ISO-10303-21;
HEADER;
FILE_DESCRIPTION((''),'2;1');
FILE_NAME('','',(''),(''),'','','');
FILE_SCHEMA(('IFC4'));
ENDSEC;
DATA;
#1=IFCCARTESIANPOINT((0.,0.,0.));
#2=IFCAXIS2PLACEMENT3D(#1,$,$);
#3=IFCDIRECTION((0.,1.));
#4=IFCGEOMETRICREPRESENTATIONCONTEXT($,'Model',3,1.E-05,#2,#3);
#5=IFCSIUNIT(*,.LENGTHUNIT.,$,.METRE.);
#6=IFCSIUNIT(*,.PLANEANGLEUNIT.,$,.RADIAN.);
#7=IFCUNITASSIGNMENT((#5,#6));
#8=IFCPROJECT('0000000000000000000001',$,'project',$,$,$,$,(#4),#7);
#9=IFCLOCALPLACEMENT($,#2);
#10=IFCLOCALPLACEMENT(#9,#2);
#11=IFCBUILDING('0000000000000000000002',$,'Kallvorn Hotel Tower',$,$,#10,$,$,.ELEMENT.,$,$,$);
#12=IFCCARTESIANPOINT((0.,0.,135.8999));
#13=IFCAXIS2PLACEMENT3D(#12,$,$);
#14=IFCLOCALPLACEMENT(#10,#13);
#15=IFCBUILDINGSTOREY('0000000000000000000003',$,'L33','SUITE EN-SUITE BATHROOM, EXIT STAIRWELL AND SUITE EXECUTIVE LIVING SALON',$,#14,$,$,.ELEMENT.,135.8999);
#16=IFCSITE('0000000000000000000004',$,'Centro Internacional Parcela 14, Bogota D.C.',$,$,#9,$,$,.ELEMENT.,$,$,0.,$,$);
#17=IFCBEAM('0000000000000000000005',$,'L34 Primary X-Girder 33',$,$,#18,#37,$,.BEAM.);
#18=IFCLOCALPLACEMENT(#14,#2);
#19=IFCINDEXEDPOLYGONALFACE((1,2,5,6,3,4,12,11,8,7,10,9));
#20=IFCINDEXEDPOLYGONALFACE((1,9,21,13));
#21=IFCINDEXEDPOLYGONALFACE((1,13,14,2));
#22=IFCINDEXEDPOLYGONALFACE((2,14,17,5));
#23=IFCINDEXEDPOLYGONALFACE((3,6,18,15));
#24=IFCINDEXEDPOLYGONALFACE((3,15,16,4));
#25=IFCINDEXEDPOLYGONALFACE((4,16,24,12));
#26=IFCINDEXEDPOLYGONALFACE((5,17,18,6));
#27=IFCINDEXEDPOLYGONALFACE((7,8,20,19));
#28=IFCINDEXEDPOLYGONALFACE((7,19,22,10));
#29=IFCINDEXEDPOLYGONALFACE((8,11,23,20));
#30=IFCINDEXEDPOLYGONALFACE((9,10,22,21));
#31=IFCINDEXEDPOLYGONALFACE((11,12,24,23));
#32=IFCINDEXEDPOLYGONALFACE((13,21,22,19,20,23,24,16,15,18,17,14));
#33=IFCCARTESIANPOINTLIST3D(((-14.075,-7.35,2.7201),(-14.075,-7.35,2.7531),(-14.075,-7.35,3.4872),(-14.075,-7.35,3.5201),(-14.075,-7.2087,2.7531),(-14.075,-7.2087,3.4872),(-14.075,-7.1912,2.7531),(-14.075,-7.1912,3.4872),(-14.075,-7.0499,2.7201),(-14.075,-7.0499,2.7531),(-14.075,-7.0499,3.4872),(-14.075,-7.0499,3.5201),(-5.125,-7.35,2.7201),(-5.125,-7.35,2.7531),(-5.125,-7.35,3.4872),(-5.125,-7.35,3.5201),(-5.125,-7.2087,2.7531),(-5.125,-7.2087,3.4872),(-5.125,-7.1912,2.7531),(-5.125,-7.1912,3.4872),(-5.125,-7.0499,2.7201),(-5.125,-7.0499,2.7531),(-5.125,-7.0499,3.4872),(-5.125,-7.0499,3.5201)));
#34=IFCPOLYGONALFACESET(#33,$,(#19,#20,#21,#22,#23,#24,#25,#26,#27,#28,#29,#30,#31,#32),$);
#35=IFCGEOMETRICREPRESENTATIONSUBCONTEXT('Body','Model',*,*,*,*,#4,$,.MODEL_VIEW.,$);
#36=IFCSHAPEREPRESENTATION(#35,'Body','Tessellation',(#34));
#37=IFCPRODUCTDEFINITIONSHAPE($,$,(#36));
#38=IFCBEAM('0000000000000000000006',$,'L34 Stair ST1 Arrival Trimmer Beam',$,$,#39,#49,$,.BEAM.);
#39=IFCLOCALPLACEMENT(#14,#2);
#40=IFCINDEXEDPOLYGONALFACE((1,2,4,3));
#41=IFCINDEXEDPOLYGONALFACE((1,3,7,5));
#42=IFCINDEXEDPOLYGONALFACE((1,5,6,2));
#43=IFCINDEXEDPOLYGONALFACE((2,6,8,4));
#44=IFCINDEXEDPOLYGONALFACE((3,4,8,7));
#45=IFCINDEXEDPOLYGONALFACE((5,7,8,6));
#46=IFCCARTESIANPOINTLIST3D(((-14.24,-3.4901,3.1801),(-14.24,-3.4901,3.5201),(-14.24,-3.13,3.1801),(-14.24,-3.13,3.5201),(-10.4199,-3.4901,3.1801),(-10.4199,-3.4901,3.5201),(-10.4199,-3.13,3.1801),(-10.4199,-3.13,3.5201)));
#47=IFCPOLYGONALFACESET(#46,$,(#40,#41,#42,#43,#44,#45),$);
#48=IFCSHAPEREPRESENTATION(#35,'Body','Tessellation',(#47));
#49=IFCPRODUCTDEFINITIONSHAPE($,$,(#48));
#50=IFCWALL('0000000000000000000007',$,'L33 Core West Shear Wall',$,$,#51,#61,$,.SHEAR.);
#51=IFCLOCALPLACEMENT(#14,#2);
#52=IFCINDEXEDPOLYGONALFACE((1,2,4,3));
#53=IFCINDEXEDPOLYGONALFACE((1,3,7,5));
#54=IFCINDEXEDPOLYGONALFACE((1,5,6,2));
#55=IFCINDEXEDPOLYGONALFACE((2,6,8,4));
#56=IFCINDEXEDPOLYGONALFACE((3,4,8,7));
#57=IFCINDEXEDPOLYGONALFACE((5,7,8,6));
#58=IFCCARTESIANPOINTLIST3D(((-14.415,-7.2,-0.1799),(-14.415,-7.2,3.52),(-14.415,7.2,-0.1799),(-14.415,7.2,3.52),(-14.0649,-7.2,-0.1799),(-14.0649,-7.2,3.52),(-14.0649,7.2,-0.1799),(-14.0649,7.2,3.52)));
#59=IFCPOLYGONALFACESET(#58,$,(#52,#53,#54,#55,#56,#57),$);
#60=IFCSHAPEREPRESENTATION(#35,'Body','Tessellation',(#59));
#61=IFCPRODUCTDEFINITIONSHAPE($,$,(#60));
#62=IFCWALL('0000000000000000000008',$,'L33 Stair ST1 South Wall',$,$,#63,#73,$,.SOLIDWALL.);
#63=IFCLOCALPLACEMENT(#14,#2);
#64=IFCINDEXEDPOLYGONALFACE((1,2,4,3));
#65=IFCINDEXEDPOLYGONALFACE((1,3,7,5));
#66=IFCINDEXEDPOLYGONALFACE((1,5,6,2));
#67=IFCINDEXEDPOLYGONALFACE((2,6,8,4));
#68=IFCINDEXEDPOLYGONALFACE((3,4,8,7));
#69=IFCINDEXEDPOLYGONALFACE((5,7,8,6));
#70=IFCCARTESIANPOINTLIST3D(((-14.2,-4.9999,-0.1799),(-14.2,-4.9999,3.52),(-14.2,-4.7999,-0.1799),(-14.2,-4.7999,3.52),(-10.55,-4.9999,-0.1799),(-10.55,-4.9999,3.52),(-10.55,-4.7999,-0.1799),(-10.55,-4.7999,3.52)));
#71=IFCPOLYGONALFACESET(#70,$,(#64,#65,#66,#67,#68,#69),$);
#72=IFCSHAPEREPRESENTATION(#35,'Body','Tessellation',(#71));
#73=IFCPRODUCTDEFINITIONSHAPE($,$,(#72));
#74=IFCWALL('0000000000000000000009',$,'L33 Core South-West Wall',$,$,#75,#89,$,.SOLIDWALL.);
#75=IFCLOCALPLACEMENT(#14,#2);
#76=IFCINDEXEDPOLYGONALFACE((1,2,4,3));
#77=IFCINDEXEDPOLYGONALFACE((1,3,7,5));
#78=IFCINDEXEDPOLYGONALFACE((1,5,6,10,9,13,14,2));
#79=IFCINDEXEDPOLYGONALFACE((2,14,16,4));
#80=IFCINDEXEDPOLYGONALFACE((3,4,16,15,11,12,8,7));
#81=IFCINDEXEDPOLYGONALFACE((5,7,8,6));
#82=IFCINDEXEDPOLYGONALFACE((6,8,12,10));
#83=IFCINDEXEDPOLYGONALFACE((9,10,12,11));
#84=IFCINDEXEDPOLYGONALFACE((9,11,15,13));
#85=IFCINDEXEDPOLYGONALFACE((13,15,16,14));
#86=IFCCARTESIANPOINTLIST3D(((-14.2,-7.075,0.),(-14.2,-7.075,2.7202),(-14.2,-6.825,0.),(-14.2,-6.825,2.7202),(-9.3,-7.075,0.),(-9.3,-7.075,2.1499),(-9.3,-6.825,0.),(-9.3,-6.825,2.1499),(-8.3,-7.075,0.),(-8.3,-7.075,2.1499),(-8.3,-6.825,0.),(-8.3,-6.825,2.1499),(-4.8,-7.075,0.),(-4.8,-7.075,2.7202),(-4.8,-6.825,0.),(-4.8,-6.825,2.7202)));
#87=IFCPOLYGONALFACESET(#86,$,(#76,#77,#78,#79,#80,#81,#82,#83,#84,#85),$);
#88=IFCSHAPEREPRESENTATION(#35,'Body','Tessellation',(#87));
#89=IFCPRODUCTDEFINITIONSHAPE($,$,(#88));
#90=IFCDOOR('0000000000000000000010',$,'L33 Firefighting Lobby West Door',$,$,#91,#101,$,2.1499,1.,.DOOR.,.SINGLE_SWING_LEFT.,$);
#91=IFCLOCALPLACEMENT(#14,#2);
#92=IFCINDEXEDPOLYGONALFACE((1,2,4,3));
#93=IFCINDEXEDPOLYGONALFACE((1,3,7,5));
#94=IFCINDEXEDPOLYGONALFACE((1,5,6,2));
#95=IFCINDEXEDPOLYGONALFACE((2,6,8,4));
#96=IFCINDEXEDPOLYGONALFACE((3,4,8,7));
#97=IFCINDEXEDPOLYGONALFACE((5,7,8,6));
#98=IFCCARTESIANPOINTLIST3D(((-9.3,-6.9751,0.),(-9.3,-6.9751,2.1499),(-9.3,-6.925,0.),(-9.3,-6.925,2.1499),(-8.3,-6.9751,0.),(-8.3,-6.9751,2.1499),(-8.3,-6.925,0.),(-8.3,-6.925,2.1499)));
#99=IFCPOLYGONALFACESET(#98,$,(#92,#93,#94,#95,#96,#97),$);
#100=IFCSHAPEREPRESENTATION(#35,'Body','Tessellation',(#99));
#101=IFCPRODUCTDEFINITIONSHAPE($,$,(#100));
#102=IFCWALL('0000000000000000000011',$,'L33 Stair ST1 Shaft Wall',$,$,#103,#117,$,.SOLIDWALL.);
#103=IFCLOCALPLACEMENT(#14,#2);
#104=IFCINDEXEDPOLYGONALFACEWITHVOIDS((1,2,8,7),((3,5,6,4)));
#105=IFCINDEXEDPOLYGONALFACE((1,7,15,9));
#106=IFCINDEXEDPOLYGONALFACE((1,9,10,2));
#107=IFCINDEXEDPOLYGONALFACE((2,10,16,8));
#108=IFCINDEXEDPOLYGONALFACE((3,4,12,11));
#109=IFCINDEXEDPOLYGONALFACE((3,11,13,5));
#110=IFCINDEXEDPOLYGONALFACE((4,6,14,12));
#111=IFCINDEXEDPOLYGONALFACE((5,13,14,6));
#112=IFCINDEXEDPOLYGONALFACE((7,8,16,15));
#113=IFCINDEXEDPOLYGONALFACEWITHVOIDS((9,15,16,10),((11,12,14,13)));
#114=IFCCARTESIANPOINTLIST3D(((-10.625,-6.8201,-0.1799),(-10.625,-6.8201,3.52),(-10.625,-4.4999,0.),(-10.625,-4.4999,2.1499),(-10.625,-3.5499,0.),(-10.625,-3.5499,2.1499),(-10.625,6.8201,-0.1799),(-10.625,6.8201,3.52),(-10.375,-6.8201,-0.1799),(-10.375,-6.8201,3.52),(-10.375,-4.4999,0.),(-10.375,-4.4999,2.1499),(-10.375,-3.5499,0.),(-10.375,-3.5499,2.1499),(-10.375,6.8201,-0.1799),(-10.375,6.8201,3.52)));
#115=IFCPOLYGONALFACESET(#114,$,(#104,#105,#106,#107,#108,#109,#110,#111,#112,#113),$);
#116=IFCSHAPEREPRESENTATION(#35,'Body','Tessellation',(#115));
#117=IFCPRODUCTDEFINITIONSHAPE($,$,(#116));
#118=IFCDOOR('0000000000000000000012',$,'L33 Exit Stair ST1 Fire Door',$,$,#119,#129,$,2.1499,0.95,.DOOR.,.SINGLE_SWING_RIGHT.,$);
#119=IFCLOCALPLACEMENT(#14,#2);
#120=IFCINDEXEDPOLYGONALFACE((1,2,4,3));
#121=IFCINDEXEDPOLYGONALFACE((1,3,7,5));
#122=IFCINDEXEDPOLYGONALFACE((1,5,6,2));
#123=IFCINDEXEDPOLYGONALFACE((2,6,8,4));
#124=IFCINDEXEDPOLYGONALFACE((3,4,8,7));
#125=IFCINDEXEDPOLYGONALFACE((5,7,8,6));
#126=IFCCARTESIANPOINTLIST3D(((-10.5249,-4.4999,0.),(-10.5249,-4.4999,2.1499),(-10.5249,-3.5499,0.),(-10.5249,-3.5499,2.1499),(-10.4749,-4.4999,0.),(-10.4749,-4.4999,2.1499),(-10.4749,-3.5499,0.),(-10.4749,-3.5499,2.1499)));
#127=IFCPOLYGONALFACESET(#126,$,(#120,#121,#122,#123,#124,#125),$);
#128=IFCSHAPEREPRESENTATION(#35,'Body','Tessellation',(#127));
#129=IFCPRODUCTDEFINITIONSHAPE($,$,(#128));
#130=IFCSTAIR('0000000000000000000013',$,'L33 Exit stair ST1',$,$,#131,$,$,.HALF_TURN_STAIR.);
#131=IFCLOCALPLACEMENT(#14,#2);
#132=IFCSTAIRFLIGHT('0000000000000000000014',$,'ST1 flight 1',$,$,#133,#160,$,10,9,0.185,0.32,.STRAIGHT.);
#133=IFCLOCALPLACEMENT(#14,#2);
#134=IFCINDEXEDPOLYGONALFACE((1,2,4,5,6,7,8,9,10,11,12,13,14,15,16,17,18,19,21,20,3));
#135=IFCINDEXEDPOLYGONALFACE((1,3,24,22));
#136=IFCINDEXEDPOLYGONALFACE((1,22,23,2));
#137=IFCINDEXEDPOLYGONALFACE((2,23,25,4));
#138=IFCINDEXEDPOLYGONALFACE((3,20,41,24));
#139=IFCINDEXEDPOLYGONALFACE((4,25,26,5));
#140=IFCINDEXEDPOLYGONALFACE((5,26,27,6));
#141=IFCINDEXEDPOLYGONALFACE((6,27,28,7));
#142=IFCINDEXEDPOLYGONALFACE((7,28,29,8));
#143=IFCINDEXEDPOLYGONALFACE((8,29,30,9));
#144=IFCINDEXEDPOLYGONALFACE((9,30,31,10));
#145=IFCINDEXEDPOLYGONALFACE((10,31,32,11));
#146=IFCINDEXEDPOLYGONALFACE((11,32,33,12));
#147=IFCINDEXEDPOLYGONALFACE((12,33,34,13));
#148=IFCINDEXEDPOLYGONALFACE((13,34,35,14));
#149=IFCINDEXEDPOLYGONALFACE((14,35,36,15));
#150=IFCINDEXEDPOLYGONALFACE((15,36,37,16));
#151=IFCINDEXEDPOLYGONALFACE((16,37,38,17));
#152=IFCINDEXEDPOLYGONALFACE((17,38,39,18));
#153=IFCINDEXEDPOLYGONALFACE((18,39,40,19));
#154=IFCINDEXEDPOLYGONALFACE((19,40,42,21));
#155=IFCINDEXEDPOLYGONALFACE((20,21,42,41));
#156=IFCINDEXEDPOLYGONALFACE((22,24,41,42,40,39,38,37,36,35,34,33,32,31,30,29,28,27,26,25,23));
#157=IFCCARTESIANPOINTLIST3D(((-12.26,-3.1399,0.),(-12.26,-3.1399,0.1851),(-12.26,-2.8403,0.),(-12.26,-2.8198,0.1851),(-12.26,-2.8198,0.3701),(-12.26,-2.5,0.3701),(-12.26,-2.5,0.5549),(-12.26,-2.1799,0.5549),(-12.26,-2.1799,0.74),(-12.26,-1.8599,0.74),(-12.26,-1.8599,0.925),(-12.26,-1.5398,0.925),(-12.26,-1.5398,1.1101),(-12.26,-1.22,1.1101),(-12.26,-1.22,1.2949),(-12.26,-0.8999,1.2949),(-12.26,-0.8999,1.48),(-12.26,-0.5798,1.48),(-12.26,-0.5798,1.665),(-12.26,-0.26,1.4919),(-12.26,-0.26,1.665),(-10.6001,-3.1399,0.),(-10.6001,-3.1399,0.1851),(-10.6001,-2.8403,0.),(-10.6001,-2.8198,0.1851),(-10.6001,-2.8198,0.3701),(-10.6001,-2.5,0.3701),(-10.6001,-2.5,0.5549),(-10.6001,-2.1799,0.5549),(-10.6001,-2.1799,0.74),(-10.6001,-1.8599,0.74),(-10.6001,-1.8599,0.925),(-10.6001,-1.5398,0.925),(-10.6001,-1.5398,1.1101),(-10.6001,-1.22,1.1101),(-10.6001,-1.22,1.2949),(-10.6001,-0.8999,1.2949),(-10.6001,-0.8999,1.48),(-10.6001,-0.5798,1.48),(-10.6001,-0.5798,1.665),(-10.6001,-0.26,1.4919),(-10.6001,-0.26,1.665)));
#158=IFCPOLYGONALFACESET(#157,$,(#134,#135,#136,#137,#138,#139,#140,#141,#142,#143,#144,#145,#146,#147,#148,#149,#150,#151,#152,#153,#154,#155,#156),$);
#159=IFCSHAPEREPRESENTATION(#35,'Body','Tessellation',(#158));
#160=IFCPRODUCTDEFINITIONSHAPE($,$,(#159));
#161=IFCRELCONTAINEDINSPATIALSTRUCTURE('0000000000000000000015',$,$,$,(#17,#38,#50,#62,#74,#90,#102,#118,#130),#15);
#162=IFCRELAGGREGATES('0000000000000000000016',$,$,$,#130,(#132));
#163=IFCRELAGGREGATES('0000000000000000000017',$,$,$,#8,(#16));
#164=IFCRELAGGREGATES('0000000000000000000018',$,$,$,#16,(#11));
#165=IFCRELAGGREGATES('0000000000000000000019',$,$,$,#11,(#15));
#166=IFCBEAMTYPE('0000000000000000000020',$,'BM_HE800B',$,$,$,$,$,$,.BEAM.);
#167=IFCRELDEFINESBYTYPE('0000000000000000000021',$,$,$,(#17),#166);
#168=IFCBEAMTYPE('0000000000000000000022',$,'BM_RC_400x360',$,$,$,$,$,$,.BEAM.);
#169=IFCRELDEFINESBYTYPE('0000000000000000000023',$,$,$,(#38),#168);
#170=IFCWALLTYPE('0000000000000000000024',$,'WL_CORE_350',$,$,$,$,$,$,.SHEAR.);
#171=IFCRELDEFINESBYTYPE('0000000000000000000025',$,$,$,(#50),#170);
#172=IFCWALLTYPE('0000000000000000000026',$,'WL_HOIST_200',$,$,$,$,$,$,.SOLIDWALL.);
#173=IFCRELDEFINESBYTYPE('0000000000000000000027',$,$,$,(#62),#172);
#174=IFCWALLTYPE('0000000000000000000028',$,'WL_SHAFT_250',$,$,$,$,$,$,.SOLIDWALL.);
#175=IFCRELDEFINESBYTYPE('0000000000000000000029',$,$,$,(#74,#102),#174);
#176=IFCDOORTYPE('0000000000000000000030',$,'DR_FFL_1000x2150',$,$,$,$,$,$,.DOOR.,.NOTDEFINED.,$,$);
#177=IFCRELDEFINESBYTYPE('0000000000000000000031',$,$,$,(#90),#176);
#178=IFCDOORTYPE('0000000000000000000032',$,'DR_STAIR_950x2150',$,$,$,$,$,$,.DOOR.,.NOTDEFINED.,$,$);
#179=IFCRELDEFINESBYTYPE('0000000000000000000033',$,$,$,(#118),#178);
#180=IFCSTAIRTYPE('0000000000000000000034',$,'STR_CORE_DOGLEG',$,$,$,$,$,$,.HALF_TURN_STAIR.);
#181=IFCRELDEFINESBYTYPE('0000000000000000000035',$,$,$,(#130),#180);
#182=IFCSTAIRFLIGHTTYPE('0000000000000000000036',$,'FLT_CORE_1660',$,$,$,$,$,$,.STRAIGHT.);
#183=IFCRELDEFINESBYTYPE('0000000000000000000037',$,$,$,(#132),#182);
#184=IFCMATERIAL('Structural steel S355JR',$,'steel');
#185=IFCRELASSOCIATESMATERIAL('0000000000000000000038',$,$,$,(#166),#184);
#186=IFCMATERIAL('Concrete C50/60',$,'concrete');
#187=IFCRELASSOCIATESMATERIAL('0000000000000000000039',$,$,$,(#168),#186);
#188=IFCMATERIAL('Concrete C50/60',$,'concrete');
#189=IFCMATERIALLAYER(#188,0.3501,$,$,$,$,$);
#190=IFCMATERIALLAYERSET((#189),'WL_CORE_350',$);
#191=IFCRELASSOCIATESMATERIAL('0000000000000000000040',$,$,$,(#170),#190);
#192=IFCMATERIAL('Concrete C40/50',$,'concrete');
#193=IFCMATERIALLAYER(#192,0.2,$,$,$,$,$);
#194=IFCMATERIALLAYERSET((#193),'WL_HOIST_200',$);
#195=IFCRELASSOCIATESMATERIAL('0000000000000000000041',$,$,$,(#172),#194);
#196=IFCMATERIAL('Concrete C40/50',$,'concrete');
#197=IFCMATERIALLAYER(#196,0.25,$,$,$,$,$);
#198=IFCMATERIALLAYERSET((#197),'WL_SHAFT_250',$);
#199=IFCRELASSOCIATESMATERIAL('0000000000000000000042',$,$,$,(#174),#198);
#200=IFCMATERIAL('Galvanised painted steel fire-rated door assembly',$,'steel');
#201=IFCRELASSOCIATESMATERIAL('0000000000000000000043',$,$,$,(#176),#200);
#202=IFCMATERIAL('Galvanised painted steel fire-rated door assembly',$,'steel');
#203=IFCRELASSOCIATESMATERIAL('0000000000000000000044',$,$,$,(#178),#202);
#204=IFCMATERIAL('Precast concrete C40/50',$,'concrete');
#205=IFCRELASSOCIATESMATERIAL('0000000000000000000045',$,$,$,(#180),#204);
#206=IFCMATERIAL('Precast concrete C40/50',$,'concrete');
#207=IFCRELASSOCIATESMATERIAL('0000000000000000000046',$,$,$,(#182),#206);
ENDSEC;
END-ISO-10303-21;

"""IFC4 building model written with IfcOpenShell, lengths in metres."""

from ifc_helpers import new_model, si_unit, direction, frame, frame_2d, origin, origin_2d, place, context, subcontext, project, spatial, polyline, rectangle, i_section, outline, extrude, material, layer, layer_set, material_profile, profile_set, type_object, element, fill, aggregate, save


model = new_model("IFC4")

# Units and contexts
model_context = context("Model", 3, precision=1e-05, world=origin(), true_north=direction((0.0, 1.0)))
body_context = subcontext(model_context, "Body", "Model", "MODEL_VIEW")
ifc_project = project(units=[si_unit("LENGTHUNIT", "METRE"), si_unit("PLANEANGLEUNIT", "RADIAN")], contexts=[model_context])

# Site, building, storey
site_placement = place(None, origin())
site = spatial("IfcSite", under=ifc_project, at=site_placement, Name="Centro Internacional Parcela 14, Bogota D.C.", CompositionType="ELEMENT", RefElevation=0.0)
building_placement = place(site_placement, origin())
building = spatial("IfcBuilding", under=site, at=building_placement, Name="Kallvorn Hotel Tower", CompositionType="ELEMENT")
storey_placement = place(building_placement, frame((0.0, 0.0, 135.8999)))
storey = spatial("IfcBuildingStorey", under=building, at=storey_placement, Name="L33", Description="SUITE EN-SUITE BATHROOM, EXIT STAIRWELL AND SUITE EXECUTIVE LIVING SALON", CompositionType="ELEMENT", Elevation=135.8999)

# Beams
ifc_material_1 = material(Name="Structural steel S355JR", Category="steel")
ifc_material_profile_1 = material_profile(ifc_material_1, i_section(OverallWidth=0.3, OverallDepth=0.8, WebThickness=0.0176, FlangeThickness=0.033, at=origin_2d()), Name="HE 800 B")
ifc_profile_set_1 = profile_set([ifc_material_profile_1], Name="Structural steel S355JR")
beam_type_1 = type_object("IfcBeamType", Name="BM_HE800B", PredefinedType="BEAM", material=ifc_profile_set_1)
beam_1_placement = place(storey_placement, frame((-14.075, -7.2, 3.1201), z_axis=(1.0, 0.0, 0.0), x_axis=(0.0, 1.0, 0.0)))
element("IfcBeam", 1, at=beam_1_placement, inside=storey, type_object=beam_type_1, Name="L34 Primary X-Girder 33", PredefinedType="BEAM", context=body_context, shape_type="SweptSolid", body=[
    extrude(i_section(OverallWidth=0.3, OverallDepth=0.8, WebThickness=0.0176, FlangeThickness=0.033, at=origin_2d()), origin(), (0.0, 0.0, 1.0), 8.95),
])
ifc_material_2 = material(Name="Concrete C50/60", Category="concrete")
ifc_material_profile_2 = material_profile(ifc_material_2, rectangle(XDim=0.3601, YDim=0.3401, at=origin_2d()), Name="RC 360x340")
ifc_profile_set_2 = profile_set([ifc_material_profile_2], Name="Concrete C50/60")
beam_type_2 = type_object("IfcBeamType", Name="BM_RC_400x360", PredefinedType="BEAM", material=ifc_profile_set_2)
beam_2_placement = place(storey_placement, frame((-10.4199, -3.3101, 3.3501), z_axis=(-1.0, 0.0, 0.0), x_axis=(0.0, -1.0, 0.0)))
element("IfcBeam", 2, at=beam_2_placement, inside=storey, type_object=beam_type_2, Name="L34 Stair ST1 Arrival Trimmer Beam", PredefinedType="BEAM", context=body_context, shape_type="SweptSolid", body=[
    extrude(rectangle(XDim=0.3601, YDim=0.3401, at=origin_2d()), origin(), (0.0, 0.0, 1.0), 3.8201),
])

# Walls
ifc_material_3 = material(Name="Concrete C50/60", Category="concrete")
ifc_layer_1 = layer(ifc_material_3, 0.3501)
ifc_layer_set_1 = layer_set([ifc_layer_1], Name="WL_CORE_350")
wall_type_1 = type_object("IfcWallType", Name="WL_CORE_350", PredefinedType="SHEAR", material=ifc_layer_set_1)
wall_1_placement = place(storey_placement, frame((-14.24, -7.2, -0.1799), z_axis=(0.0, 0.0, 1.0), x_axis=(0.0, 1.0, 0.0)))
element("IfcWall", 3, at=wall_1_placement, inside=storey, type_object=wall_type_1, Name="L33 Core West Shear Wall", PredefinedType="SHEAR", context=body_context, shape_type="SweptSolid", body=[
    extrude(rectangle(XDim=14.3999, YDim=0.3501, at=frame_2d((7.2, 0.0))), origin(), (0.0, 0.0, 1.0), 3.7),
])
ifc_material_4 = material(Name="Concrete C40/50", Category="concrete")
ifc_layer_2 = layer(ifc_material_4, 0.2)
ifc_layer_set_2 = layer_set([ifc_layer_2], Name="WL_HOIST_200")
wall_type_2 = type_object("IfcWallType", Name="WL_HOIST_200", PredefinedType="SOLIDWALL", material=ifc_layer_set_2)
wall_2_placement = place(storey_placement, frame((-14.2, -4.8999, -0.1799), z_axis=(0.0, 0.0, 1.0), x_axis=(1.0, 0.0, 0.0)))
element("IfcWall", 4, at=wall_2_placement, inside=storey, type_object=wall_type_2, Name="L33 Stair ST1 South Wall", PredefinedType="SOLIDWALL", context=body_context, shape_type="SweptSolid", body=[
    extrude(rectangle(XDim=3.6499, YDim=0.2, at=frame_2d((1.825, 0.0))), origin(), (0.0, 0.0, 1.0), 3.7),
])

# Walls, openings, doors
ifc_material_5 = material(Name="Concrete C40/50", Category="concrete")
ifc_layer_3 = layer(ifc_material_5, 0.25)
ifc_layer_set_3 = layer_set([ifc_layer_3], Name="WL_SHAFT_250")
wall_type_3 = type_object("IfcWallType", Name="WL_SHAFT_250", PredefinedType="SOLIDWALL", material=ifc_layer_set_3)
wall_3_placement = place(storey_placement, frame((-14.2, -6.95, 0.0), z_axis=(0.0, 0.0, 1.0), x_axis=(1.0, 0.0, 0.0)))
wall_3 = element("IfcWall", 5, at=wall_3_placement, inside=storey, type_object=wall_type_3, Name="L33 Core South-West Wall", PredefinedType="SOLIDWALL", context=body_context, shape_type="SweptSolid", body=[
    extrude(rectangle(XDim=9.3999, YDim=0.25, at=frame_2d((4.7, 0.0))), origin(), (0.0, 0.0, 1.0), 2.7202),
])
opening_1_placement = place(wall_3_placement, frame((4.8999, 0.0, 0.0)))
opening_1 = element("IfcOpeningElement", 6, at=opening_1_placement, cuts=wall_3, PredefinedType="OPENING", context=body_context, shape_type="SweptSolid", body=[
    extrude(rectangle(XDim=1.0, YDim=2.1499, at=frame_2d((0.5, 1.075))), frame((0.0, 0.1399, 0.0), z_axis=(0.0, -1.0, 0.0), x_axis=(1.0, 0.0, 0.0)), (0.0, 0.0, 1.0), 0.28),
])
ifc_material_6 = material(Name="Galvanised painted steel fire-rated door assembly", Category="steel")
door_type_1 = type_object("IfcDoorType", Name="DR_FFL_1000x2150", OperationType="NOTDEFINED", PredefinedType="DOOR", material=ifc_material_6)
door_1_placement = place(opening_1_placement, origin())
door_1 = element("IfcDoor", 7, at=door_1_placement, inside=storey, type_object=door_type_1, Name="L33 Firefighting Lobby West Door", OperationType="SINGLE_SWING_LEFT", OverallHeight=2.1499, OverallWidth=1.0, PredefinedType="DOOR", context=body_context, shape_type="SweptSolid", body=[
    extrude(rectangle(XDim=1.0, YDim=2.1499, at=frame_2d((0.5, 1.075))), frame((0.0, 0.0249, 0.0), z_axis=(0.0, -1.0, 0.0), x_axis=(1.0, 0.0, 0.0)), (0.0, 0.0, 1.0), 0.05),
])
fill(opening_1, door_1)
wall_4_placement = place(storey_placement, frame((-10.5, -6.8201, -0.1799), z_axis=(0.0, 0.0, 1.0), x_axis=(0.0, 1.0, 0.0)))
wall_4 = element("IfcWall", 8, at=wall_4_placement, inside=storey, type_object=wall_type_3, Name="L33 Stair ST1 Shaft Wall", PredefinedType="SOLIDWALL", context=body_context, shape_type="SweptSolid", body=[
    extrude(rectangle(XDim=13.6401, YDim=0.25, at=frame_2d((6.8201, 0.0))), origin(), (0.0, 0.0, 1.0), 3.7),
])
opening_2_placement = place(wall_4_placement, frame((2.3201, 0.0, 0.1799)))
opening_2 = element("IfcOpeningElement", 9, at=opening_2_placement, cuts=wall_4, PredefinedType="OPENING", context=body_context, shape_type="SweptSolid", body=[
    extrude(rectangle(XDim=0.95, YDim=2.1499, at=frame_2d((0.4751, 1.075))), frame((0.0, 0.1399, 0.0), z_axis=(0.0, -1.0, 0.0), x_axis=(1.0, 0.0, 0.0)), (0.0, 0.0, 1.0), 0.28),
])
ifc_material_7 = material(Name="Galvanised painted steel fire-rated door assembly", Category="steel")
door_type_2 = type_object("IfcDoorType", Name="DR_STAIR_950x2150", OperationType="NOTDEFINED", PredefinedType="DOOR", material=ifc_material_7)
door_2_placement = place(opening_2_placement, origin())
door_2 = element("IfcDoor", 10, at=door_2_placement, inside=storey, type_object=door_type_2, Name="L33 Exit Stair ST1 Fire Door", OperationType="SINGLE_SWING_RIGHT", OverallHeight=2.1499, OverallWidth=0.95, PredefinedType="DOOR", context=body_context, shape_type="SweptSolid", body=[
    extrude(rectangle(XDim=0.95, YDim=2.1499, at=frame_2d((0.4751, 1.075))), frame((0.0, 0.0249, 0.0), z_axis=(0.0, -1.0, 0.0), x_axis=(1.0, 0.0, 0.0)), (0.0, 0.0, 1.0), 0.05),
])
fill(opening_2, door_2)

# Stair, stair flight
ifc_material_8 = material(Name="Precast concrete C40/50", Category="concrete")
stair_type = type_object("IfcStairType", Name="STR_CORE_DOGLEG", PredefinedType="HALF_TURN_STAIR", material=ifc_material_8)
stair_placement = place(storey_placement, origin())
stair = element("IfcStair", 11, at=stair_placement, inside=storey, type_object=stair_type, Name="L33 Exit stair ST1", PredefinedType="HALF_TURN_STAIR")
ifc_material_9 = material(Name="Precast concrete C40/50", Category="concrete")
stair_flight_type = type_object("IfcStairFlightType", Name="FLT_CORE_1660", PredefinedType="STRAIGHT", material=ifc_material_9)
stair_flight_1_placement = place(storey_placement, frame((-11.4299, -3.1399, 0.0), z_axis=(0.0, 0.0, 1.0), x_axis=(0.0, 1.0, 0.0)))
stair_flight_1 = element("IfcStairFlight", 12, at=stair_flight_1_placement, type_object=stair_flight_type, Name="ST1 flight 1", NumberOfRisers=10, NumberOfTreads=9, PredefinedType="STRAIGHT", RiserHeight=0.185, TreadLength=0.32, context=body_context, shape_type="SweptSolid", body=[
    extrude(outline(polyline([(0.0, 0.0), (0.0, 0.1851), (0.3201, 0.1851), (0.3201, 0.3701), (0.6399, 0.3701), (0.6399, 0.5549), (0.96, 0.5549), (0.96, 0.74), (1.28, 0.74), (1.28, 0.925), (1.6001, 0.925), (1.6001, 1.1101), (1.9199, 1.1101), (1.9199, 1.2949), (2.24, 1.2949), (2.24, 1.48), (2.5601, 1.48), (2.5601, 1.665), (2.8799, 1.665), (2.8799, 1.8501), (2.8799, 1.4919), (0.2996, 0.0), (0.0, 0.0)])), frame((0.0, 0.8301, 0.0), z_axis=(0.0, -1.0, 0.0), x_axis=(1.0, 0.0, 0.0)), (0.0, 0.0, 1.0), 1.6599),
])
aggregate(stair, [stair_flight_1])

save(model, "model.ifc")
